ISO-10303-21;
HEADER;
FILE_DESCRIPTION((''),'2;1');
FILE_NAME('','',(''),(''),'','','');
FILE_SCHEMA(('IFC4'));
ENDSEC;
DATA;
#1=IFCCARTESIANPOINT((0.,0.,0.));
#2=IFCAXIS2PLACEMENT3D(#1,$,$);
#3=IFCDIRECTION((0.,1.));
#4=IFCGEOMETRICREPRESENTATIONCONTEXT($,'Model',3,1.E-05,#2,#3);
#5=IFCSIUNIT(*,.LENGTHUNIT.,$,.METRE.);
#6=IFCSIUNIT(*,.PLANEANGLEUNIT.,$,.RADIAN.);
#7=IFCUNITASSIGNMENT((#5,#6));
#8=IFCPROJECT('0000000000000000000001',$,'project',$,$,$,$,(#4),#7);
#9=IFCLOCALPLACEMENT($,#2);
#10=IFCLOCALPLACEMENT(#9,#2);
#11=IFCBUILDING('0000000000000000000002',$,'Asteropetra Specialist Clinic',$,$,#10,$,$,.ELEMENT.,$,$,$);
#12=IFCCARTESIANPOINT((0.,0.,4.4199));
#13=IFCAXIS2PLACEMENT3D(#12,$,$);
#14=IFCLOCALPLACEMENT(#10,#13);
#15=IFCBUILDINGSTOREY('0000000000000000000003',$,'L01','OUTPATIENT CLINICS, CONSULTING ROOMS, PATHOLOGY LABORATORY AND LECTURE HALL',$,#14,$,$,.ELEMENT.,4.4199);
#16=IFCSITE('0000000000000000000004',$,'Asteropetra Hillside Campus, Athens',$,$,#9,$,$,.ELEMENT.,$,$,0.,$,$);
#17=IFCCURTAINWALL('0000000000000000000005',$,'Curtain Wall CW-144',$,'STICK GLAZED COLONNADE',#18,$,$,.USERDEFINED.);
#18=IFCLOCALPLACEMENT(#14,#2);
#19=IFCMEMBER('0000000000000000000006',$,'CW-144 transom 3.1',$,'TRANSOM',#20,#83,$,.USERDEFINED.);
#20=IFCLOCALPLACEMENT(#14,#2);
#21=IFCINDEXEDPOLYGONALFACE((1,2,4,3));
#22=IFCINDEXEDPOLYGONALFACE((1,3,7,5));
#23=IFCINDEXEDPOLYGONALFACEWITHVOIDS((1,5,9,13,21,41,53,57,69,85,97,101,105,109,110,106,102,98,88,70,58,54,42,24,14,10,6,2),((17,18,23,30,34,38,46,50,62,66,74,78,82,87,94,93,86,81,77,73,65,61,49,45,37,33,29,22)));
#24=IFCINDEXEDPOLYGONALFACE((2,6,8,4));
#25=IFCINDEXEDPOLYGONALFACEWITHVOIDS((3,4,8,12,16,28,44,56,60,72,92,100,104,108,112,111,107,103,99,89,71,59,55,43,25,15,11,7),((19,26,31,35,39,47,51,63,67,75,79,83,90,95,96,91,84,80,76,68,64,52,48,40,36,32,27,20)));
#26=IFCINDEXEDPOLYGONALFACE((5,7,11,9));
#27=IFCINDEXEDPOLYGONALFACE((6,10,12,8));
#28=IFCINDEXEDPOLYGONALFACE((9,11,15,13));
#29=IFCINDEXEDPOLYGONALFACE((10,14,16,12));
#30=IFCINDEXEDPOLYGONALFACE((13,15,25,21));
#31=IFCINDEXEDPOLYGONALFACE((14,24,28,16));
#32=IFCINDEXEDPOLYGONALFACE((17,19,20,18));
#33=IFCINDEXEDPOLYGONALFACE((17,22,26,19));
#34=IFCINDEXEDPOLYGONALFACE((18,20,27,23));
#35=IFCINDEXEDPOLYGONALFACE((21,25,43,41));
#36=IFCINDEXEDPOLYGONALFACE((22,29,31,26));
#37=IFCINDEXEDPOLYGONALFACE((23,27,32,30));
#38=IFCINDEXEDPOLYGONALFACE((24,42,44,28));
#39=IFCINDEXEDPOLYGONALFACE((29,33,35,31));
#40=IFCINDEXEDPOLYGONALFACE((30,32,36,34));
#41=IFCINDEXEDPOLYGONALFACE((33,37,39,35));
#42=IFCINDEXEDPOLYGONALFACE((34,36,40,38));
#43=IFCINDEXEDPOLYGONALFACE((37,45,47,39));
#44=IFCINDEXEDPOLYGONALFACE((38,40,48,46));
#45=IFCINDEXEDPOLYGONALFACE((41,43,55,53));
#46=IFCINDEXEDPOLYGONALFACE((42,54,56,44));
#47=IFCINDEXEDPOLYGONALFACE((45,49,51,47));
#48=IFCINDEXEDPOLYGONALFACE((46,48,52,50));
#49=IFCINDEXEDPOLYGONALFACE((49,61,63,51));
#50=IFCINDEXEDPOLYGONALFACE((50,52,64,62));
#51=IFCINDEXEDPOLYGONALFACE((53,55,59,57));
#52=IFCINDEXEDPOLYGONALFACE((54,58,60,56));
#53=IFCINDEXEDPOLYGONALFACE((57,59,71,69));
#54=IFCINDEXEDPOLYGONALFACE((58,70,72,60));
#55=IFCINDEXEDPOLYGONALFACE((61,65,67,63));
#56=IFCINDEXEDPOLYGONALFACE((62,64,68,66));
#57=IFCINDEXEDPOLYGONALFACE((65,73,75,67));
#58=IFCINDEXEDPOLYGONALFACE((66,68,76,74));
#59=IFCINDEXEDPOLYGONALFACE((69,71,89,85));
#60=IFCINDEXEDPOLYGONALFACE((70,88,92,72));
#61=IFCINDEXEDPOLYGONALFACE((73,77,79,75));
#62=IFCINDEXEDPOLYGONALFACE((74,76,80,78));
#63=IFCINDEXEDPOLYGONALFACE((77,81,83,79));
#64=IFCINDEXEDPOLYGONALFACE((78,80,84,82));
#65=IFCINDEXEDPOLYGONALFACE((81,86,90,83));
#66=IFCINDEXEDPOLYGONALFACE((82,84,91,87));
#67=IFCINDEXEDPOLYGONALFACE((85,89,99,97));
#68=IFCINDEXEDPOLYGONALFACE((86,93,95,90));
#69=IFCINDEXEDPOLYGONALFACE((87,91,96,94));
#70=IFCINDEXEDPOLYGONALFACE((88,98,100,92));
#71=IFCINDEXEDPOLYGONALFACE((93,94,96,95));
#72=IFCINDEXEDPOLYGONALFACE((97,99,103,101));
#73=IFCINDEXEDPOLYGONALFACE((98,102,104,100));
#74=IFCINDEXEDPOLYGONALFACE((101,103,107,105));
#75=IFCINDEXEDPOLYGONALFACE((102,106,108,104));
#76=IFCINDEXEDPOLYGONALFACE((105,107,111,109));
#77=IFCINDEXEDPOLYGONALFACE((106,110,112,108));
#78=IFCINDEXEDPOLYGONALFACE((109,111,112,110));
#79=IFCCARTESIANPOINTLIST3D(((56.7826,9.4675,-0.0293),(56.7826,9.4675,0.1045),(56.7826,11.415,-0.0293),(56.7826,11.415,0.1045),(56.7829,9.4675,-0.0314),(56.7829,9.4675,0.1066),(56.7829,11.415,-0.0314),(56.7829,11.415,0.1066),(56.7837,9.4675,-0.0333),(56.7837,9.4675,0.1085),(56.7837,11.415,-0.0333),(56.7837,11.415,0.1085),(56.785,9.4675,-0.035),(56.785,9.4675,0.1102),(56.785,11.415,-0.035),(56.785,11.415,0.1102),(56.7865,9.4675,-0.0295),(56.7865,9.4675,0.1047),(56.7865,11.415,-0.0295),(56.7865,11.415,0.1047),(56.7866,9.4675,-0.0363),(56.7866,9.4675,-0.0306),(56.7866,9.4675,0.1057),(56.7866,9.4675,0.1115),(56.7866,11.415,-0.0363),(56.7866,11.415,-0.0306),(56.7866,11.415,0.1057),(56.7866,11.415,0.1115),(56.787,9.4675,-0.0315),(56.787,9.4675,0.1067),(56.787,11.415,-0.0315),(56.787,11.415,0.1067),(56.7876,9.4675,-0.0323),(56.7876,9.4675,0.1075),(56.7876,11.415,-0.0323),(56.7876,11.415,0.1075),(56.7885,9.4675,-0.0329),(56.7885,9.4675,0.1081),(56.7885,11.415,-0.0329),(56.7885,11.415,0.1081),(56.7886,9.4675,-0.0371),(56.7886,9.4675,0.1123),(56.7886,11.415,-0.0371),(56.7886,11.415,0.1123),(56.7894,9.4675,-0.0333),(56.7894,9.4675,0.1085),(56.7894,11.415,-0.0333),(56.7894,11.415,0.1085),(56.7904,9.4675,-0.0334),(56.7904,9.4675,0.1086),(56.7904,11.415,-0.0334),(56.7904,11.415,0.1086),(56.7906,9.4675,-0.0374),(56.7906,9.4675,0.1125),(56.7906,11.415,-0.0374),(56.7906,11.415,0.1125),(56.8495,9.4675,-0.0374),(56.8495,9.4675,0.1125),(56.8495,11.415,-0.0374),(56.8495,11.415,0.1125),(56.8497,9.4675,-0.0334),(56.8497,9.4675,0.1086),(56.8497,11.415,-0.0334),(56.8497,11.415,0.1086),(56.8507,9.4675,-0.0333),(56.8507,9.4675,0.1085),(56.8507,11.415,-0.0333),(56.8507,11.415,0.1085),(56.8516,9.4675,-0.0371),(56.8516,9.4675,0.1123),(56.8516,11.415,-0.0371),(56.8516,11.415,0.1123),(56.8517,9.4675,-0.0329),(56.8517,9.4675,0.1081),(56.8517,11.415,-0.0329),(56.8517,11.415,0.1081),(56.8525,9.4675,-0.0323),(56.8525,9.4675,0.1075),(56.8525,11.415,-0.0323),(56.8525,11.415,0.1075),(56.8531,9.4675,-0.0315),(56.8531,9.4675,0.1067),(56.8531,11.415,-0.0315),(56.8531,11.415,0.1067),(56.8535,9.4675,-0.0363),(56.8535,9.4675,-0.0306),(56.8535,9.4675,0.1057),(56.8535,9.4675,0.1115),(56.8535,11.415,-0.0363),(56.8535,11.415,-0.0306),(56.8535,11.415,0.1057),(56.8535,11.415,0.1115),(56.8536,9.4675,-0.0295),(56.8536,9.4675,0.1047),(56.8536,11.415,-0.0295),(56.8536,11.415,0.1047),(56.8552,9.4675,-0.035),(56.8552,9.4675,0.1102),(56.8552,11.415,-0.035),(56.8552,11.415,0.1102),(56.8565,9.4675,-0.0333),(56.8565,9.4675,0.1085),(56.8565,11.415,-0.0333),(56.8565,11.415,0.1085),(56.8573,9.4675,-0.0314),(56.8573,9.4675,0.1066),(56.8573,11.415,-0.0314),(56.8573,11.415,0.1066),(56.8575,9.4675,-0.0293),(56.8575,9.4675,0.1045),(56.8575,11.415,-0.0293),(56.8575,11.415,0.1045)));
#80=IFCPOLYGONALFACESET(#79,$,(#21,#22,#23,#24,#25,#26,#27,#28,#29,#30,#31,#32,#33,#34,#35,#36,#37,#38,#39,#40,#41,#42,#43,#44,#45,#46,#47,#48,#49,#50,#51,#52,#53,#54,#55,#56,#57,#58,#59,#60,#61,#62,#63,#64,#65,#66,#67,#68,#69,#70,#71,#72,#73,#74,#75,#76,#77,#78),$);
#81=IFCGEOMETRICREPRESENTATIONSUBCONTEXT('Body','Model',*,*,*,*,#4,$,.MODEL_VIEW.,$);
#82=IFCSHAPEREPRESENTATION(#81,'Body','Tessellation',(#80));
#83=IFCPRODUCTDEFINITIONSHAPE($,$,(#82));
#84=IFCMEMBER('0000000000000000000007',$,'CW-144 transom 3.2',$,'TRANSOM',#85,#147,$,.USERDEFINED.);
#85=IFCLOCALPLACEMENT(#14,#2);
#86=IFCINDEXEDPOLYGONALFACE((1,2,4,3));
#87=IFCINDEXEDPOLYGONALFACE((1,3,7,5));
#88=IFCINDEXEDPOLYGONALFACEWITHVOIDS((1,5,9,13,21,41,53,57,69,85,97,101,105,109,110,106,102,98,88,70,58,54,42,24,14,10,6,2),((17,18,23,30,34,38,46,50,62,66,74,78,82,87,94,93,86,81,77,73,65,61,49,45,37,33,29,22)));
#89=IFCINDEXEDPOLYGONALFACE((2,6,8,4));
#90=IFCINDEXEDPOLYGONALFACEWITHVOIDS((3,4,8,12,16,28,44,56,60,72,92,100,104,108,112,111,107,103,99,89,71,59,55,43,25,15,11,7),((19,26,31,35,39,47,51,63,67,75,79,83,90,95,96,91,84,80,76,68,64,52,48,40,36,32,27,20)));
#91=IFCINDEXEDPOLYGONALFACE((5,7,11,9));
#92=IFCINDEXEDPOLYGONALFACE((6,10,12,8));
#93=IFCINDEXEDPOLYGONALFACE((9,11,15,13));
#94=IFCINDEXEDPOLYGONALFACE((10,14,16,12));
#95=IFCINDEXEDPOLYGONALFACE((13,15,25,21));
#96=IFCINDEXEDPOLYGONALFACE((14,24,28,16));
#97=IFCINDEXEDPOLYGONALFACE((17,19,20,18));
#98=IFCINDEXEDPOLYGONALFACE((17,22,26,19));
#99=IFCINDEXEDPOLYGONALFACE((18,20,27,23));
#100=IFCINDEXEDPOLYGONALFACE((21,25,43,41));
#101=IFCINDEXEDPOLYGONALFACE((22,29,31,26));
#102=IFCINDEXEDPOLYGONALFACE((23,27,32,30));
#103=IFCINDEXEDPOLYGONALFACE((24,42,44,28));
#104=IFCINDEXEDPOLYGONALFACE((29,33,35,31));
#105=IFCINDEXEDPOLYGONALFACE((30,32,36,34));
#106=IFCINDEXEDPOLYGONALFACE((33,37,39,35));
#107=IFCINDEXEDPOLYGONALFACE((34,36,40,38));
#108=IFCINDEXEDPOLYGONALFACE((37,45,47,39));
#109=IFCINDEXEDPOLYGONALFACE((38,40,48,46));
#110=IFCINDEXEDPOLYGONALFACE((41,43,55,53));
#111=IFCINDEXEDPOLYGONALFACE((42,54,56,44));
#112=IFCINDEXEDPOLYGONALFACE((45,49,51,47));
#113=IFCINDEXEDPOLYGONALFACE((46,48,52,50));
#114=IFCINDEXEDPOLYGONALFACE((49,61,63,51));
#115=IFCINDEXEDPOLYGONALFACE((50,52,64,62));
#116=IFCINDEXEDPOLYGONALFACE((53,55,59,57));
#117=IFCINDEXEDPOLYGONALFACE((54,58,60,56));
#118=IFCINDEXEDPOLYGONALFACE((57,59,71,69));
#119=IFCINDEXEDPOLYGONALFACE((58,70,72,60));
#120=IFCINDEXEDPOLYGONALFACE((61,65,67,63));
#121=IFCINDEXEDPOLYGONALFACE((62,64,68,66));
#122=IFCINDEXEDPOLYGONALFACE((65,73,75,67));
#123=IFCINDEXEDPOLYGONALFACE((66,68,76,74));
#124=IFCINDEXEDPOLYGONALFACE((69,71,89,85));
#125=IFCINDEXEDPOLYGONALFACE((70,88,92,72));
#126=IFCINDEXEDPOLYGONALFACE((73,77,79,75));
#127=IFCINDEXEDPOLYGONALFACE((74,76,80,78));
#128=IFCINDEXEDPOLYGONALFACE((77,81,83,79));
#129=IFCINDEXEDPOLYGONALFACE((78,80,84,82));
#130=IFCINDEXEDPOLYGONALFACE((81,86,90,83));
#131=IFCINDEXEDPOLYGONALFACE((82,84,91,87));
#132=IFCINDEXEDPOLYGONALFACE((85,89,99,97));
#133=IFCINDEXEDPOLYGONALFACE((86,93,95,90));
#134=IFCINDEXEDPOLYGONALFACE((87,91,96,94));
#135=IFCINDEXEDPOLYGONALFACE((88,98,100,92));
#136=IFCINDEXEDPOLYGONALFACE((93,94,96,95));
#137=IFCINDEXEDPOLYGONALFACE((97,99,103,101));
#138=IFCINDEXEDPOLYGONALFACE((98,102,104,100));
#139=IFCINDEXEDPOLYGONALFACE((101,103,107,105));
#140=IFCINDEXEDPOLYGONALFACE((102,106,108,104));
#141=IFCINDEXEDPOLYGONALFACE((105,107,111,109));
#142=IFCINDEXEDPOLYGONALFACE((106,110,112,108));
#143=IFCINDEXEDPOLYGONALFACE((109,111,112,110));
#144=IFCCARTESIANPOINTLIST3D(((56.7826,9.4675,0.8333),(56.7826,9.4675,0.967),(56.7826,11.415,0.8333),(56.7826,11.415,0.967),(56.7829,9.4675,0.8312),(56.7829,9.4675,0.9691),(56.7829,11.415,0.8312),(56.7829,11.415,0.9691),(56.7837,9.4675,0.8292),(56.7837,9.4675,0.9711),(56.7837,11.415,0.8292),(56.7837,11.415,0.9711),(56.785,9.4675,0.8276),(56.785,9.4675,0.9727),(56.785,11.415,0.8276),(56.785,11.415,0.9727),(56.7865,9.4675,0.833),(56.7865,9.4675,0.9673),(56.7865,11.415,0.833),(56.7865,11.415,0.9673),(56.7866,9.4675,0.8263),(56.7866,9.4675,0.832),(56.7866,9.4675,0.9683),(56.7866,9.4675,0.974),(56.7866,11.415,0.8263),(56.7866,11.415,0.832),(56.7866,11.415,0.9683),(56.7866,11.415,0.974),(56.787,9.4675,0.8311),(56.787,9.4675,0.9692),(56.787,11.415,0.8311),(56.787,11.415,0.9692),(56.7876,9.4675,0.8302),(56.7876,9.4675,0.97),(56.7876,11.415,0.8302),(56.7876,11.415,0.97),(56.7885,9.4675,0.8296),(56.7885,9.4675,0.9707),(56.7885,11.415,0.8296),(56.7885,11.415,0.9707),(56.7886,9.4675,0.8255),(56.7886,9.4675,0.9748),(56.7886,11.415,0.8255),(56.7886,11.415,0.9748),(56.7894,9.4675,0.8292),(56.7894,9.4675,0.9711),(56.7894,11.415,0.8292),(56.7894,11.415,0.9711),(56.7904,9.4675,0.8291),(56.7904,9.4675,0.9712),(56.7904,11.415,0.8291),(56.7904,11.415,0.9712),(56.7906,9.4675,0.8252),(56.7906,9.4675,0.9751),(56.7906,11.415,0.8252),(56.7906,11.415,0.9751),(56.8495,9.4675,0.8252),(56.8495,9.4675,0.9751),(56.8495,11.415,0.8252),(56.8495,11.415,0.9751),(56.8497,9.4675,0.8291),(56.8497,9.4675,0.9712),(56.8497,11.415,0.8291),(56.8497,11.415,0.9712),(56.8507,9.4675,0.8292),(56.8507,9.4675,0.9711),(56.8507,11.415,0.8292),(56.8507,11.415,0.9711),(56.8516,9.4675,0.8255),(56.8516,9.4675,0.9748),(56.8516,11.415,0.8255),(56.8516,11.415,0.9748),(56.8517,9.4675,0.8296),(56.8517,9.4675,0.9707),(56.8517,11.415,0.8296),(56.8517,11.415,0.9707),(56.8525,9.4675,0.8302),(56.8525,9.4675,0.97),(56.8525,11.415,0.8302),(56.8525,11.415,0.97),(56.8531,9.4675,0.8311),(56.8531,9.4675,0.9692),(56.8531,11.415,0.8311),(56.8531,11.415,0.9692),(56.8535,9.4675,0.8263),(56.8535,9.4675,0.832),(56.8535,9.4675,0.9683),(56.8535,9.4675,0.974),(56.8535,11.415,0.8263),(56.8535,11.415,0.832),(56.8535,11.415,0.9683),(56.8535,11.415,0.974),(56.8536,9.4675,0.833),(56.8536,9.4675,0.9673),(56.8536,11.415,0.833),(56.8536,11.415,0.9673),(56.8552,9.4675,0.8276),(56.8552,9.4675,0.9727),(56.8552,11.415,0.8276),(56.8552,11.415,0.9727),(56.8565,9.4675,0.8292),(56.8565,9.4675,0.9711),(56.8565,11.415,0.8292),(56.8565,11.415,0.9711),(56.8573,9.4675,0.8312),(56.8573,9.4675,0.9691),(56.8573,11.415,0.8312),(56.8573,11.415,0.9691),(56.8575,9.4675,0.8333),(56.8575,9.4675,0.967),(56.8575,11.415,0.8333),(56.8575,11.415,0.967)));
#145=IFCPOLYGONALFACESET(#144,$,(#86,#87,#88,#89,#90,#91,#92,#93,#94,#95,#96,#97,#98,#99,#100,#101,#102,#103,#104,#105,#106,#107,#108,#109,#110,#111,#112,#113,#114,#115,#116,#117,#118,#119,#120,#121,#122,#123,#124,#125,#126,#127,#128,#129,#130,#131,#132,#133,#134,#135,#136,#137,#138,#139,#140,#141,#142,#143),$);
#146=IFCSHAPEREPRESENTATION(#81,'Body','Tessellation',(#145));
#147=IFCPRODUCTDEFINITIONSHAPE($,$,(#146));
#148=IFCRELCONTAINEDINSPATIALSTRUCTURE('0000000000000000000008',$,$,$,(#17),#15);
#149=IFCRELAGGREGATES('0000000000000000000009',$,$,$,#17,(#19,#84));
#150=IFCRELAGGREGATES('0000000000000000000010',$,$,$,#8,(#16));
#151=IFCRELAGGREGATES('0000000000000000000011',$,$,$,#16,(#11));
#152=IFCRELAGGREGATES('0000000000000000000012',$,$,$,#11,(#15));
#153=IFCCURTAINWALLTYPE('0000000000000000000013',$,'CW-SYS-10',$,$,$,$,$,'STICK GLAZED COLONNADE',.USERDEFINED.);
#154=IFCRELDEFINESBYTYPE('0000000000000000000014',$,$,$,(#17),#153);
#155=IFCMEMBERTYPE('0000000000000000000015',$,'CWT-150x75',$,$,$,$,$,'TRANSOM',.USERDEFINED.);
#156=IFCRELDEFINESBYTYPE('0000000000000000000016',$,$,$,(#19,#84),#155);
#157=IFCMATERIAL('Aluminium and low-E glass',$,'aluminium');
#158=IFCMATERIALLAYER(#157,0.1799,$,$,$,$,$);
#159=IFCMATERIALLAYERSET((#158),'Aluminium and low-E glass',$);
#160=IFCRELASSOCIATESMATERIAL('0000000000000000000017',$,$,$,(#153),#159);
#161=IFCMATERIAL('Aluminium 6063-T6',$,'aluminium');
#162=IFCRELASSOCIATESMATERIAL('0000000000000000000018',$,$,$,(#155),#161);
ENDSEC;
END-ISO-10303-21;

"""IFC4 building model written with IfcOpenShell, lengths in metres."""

from ifc_helpers import new_model, si_unit, direction, frame, origin, origin_2d, place, context, subcontext, project, spatial, hollow_rectangle, extrude, material, layer, layer_set, material_profile, profile_set, type_object, element, aggregate, save


model = new_model("IFC4")

# Units and contexts
model_context = context("Model", 3, precision=1e-05, world=origin(), true_north=direction((0.0, 1.0)))
body_context = subcontext(model_context, "Body", "Model", "MODEL_VIEW")
ifc_project = project(units=[si_unit("LENGTHUNIT", "METRE"), si_unit("PLANEANGLEUNIT", "RADIAN")], contexts=[model_context])

# Site, building, storey
site_placement = place(None, origin())
site = spatial("IfcSite", under=ifc_project, at=site_placement, Name="Asteropetra Hillside Campus, Athens", CompositionType="ELEMENT", RefElevation=0.0)
building_placement = place(site_placement, origin())
building = spatial("IfcBuilding", under=site, at=building_placement, Name="Asteropetra Specialist Clinic", CompositionType="ELEMENT")
storey_placement = place(building_placement, frame((0.0, 0.0, 4.4199)))
storey = spatial("IfcBuildingStorey", under=building, at=storey_placement, Name="L01", Description="OUTPATIENT CLINICS, CONSULTING ROOMS, PATHOLOGY LABORATORY AND LECTURE HALL", CompositionType="ELEMENT", Elevation=4.4199)

# Shared definitions
ifc_material_1 = material(Name="Aluminium and low-E glass", Category="aluminium")
ifc_layer_1 = layer(ifc_material_1, 0.1799)
ifc_layer_set_1 = layer_set([ifc_layer_1], Name="Aluminium and low-E glass")
curtain_wall_type = type_object("IfcCurtainWallType", Name="CW-SYS-10", ElementType="STICK GLAZED COLONNADE", PredefinedType="USERDEFINED", material=ifc_layer_set_1)

# Curtain wall, members
curtain_wall_1_placement = place(storey_placement, origin())
curtain_wall_1 = element("IfcCurtainWall", 1, at=curtain_wall_1_placement, inside=storey, type_object=curtain_wall_type, Name="Curtain Wall CW-144", ObjectType="STICK GLAZED COLONNADE", PredefinedType="USERDEFINED")
ifc_material_2 = material(Name="Aluminium 6063-T6", Category="aluminium")
ifc_material_profile_1 = material_profile(ifc_material_2, hollow_rectangle(XDim=0.075, YDim=0.1499, WallThickness=0.0039, InnerFilletRadius=0.0039, OuterFilletRadius=0.0081, at=origin_2d()), Name="TRN 150x75x4.0")
ifc_profile_set_1 = profile_set([ifc_material_profile_1], Name="Aluminium 6063-T6")
member_type_1 = type_object("IfcMemberType", Name="CWT-150x75", ElementType="TRANSOM", PredefinedType="USERDEFINED", material=ifc_profile_set_1)
member_1_placement = place(storey_placement, frame((56.8201, 9.4675, 0.0376), z_axis=(0.0, 1.0, 0.0), x_axis=(-1.0, 0.0, 0.0)))
member_1 = element("IfcMember", 2, at=member_1_placement, type_object=member_type_1, Name="CW-144 transom 3.1", ObjectType="TRANSOM", PredefinedType="USERDEFINED", context=body_context, shape_type="SweptSolid", body=[
    extrude(hollow_rectangle(XDim=0.075, YDim=0.1499, WallThickness=0.0039, InnerFilletRadius=0.0039, OuterFilletRadius=0.0081, at=origin_2d()), origin(), (0.0, 0.0, 1.0), 1.9475),
])
member_2_placement = place(storey_placement, frame((56.8201, 9.4675, 0.9001), z_axis=(0.0, 1.0, 0.0), x_axis=(-1.0, 0.0, 0.0)))
member_2 = element("IfcMember", 3, at=member_2_placement, type_object=member_type_1, Name="CW-144 transom 3.2", ObjectType="TRANSOM", PredefinedType="USERDEFINED", context=body_context, shape_type="SweptSolid", body=[
    extrude(hollow_rectangle(XDim=0.075, YDim=0.1499, WallThickness=0.0039, InnerFilletRadius=0.0039, OuterFilletRadius=0.0081, at=origin_2d()), origin(), (0.0, 0.0, 1.0), 1.9475),
])

aggregate(curtain_wall_1, [member_1, member_2])

save(model, "model.ifc")
